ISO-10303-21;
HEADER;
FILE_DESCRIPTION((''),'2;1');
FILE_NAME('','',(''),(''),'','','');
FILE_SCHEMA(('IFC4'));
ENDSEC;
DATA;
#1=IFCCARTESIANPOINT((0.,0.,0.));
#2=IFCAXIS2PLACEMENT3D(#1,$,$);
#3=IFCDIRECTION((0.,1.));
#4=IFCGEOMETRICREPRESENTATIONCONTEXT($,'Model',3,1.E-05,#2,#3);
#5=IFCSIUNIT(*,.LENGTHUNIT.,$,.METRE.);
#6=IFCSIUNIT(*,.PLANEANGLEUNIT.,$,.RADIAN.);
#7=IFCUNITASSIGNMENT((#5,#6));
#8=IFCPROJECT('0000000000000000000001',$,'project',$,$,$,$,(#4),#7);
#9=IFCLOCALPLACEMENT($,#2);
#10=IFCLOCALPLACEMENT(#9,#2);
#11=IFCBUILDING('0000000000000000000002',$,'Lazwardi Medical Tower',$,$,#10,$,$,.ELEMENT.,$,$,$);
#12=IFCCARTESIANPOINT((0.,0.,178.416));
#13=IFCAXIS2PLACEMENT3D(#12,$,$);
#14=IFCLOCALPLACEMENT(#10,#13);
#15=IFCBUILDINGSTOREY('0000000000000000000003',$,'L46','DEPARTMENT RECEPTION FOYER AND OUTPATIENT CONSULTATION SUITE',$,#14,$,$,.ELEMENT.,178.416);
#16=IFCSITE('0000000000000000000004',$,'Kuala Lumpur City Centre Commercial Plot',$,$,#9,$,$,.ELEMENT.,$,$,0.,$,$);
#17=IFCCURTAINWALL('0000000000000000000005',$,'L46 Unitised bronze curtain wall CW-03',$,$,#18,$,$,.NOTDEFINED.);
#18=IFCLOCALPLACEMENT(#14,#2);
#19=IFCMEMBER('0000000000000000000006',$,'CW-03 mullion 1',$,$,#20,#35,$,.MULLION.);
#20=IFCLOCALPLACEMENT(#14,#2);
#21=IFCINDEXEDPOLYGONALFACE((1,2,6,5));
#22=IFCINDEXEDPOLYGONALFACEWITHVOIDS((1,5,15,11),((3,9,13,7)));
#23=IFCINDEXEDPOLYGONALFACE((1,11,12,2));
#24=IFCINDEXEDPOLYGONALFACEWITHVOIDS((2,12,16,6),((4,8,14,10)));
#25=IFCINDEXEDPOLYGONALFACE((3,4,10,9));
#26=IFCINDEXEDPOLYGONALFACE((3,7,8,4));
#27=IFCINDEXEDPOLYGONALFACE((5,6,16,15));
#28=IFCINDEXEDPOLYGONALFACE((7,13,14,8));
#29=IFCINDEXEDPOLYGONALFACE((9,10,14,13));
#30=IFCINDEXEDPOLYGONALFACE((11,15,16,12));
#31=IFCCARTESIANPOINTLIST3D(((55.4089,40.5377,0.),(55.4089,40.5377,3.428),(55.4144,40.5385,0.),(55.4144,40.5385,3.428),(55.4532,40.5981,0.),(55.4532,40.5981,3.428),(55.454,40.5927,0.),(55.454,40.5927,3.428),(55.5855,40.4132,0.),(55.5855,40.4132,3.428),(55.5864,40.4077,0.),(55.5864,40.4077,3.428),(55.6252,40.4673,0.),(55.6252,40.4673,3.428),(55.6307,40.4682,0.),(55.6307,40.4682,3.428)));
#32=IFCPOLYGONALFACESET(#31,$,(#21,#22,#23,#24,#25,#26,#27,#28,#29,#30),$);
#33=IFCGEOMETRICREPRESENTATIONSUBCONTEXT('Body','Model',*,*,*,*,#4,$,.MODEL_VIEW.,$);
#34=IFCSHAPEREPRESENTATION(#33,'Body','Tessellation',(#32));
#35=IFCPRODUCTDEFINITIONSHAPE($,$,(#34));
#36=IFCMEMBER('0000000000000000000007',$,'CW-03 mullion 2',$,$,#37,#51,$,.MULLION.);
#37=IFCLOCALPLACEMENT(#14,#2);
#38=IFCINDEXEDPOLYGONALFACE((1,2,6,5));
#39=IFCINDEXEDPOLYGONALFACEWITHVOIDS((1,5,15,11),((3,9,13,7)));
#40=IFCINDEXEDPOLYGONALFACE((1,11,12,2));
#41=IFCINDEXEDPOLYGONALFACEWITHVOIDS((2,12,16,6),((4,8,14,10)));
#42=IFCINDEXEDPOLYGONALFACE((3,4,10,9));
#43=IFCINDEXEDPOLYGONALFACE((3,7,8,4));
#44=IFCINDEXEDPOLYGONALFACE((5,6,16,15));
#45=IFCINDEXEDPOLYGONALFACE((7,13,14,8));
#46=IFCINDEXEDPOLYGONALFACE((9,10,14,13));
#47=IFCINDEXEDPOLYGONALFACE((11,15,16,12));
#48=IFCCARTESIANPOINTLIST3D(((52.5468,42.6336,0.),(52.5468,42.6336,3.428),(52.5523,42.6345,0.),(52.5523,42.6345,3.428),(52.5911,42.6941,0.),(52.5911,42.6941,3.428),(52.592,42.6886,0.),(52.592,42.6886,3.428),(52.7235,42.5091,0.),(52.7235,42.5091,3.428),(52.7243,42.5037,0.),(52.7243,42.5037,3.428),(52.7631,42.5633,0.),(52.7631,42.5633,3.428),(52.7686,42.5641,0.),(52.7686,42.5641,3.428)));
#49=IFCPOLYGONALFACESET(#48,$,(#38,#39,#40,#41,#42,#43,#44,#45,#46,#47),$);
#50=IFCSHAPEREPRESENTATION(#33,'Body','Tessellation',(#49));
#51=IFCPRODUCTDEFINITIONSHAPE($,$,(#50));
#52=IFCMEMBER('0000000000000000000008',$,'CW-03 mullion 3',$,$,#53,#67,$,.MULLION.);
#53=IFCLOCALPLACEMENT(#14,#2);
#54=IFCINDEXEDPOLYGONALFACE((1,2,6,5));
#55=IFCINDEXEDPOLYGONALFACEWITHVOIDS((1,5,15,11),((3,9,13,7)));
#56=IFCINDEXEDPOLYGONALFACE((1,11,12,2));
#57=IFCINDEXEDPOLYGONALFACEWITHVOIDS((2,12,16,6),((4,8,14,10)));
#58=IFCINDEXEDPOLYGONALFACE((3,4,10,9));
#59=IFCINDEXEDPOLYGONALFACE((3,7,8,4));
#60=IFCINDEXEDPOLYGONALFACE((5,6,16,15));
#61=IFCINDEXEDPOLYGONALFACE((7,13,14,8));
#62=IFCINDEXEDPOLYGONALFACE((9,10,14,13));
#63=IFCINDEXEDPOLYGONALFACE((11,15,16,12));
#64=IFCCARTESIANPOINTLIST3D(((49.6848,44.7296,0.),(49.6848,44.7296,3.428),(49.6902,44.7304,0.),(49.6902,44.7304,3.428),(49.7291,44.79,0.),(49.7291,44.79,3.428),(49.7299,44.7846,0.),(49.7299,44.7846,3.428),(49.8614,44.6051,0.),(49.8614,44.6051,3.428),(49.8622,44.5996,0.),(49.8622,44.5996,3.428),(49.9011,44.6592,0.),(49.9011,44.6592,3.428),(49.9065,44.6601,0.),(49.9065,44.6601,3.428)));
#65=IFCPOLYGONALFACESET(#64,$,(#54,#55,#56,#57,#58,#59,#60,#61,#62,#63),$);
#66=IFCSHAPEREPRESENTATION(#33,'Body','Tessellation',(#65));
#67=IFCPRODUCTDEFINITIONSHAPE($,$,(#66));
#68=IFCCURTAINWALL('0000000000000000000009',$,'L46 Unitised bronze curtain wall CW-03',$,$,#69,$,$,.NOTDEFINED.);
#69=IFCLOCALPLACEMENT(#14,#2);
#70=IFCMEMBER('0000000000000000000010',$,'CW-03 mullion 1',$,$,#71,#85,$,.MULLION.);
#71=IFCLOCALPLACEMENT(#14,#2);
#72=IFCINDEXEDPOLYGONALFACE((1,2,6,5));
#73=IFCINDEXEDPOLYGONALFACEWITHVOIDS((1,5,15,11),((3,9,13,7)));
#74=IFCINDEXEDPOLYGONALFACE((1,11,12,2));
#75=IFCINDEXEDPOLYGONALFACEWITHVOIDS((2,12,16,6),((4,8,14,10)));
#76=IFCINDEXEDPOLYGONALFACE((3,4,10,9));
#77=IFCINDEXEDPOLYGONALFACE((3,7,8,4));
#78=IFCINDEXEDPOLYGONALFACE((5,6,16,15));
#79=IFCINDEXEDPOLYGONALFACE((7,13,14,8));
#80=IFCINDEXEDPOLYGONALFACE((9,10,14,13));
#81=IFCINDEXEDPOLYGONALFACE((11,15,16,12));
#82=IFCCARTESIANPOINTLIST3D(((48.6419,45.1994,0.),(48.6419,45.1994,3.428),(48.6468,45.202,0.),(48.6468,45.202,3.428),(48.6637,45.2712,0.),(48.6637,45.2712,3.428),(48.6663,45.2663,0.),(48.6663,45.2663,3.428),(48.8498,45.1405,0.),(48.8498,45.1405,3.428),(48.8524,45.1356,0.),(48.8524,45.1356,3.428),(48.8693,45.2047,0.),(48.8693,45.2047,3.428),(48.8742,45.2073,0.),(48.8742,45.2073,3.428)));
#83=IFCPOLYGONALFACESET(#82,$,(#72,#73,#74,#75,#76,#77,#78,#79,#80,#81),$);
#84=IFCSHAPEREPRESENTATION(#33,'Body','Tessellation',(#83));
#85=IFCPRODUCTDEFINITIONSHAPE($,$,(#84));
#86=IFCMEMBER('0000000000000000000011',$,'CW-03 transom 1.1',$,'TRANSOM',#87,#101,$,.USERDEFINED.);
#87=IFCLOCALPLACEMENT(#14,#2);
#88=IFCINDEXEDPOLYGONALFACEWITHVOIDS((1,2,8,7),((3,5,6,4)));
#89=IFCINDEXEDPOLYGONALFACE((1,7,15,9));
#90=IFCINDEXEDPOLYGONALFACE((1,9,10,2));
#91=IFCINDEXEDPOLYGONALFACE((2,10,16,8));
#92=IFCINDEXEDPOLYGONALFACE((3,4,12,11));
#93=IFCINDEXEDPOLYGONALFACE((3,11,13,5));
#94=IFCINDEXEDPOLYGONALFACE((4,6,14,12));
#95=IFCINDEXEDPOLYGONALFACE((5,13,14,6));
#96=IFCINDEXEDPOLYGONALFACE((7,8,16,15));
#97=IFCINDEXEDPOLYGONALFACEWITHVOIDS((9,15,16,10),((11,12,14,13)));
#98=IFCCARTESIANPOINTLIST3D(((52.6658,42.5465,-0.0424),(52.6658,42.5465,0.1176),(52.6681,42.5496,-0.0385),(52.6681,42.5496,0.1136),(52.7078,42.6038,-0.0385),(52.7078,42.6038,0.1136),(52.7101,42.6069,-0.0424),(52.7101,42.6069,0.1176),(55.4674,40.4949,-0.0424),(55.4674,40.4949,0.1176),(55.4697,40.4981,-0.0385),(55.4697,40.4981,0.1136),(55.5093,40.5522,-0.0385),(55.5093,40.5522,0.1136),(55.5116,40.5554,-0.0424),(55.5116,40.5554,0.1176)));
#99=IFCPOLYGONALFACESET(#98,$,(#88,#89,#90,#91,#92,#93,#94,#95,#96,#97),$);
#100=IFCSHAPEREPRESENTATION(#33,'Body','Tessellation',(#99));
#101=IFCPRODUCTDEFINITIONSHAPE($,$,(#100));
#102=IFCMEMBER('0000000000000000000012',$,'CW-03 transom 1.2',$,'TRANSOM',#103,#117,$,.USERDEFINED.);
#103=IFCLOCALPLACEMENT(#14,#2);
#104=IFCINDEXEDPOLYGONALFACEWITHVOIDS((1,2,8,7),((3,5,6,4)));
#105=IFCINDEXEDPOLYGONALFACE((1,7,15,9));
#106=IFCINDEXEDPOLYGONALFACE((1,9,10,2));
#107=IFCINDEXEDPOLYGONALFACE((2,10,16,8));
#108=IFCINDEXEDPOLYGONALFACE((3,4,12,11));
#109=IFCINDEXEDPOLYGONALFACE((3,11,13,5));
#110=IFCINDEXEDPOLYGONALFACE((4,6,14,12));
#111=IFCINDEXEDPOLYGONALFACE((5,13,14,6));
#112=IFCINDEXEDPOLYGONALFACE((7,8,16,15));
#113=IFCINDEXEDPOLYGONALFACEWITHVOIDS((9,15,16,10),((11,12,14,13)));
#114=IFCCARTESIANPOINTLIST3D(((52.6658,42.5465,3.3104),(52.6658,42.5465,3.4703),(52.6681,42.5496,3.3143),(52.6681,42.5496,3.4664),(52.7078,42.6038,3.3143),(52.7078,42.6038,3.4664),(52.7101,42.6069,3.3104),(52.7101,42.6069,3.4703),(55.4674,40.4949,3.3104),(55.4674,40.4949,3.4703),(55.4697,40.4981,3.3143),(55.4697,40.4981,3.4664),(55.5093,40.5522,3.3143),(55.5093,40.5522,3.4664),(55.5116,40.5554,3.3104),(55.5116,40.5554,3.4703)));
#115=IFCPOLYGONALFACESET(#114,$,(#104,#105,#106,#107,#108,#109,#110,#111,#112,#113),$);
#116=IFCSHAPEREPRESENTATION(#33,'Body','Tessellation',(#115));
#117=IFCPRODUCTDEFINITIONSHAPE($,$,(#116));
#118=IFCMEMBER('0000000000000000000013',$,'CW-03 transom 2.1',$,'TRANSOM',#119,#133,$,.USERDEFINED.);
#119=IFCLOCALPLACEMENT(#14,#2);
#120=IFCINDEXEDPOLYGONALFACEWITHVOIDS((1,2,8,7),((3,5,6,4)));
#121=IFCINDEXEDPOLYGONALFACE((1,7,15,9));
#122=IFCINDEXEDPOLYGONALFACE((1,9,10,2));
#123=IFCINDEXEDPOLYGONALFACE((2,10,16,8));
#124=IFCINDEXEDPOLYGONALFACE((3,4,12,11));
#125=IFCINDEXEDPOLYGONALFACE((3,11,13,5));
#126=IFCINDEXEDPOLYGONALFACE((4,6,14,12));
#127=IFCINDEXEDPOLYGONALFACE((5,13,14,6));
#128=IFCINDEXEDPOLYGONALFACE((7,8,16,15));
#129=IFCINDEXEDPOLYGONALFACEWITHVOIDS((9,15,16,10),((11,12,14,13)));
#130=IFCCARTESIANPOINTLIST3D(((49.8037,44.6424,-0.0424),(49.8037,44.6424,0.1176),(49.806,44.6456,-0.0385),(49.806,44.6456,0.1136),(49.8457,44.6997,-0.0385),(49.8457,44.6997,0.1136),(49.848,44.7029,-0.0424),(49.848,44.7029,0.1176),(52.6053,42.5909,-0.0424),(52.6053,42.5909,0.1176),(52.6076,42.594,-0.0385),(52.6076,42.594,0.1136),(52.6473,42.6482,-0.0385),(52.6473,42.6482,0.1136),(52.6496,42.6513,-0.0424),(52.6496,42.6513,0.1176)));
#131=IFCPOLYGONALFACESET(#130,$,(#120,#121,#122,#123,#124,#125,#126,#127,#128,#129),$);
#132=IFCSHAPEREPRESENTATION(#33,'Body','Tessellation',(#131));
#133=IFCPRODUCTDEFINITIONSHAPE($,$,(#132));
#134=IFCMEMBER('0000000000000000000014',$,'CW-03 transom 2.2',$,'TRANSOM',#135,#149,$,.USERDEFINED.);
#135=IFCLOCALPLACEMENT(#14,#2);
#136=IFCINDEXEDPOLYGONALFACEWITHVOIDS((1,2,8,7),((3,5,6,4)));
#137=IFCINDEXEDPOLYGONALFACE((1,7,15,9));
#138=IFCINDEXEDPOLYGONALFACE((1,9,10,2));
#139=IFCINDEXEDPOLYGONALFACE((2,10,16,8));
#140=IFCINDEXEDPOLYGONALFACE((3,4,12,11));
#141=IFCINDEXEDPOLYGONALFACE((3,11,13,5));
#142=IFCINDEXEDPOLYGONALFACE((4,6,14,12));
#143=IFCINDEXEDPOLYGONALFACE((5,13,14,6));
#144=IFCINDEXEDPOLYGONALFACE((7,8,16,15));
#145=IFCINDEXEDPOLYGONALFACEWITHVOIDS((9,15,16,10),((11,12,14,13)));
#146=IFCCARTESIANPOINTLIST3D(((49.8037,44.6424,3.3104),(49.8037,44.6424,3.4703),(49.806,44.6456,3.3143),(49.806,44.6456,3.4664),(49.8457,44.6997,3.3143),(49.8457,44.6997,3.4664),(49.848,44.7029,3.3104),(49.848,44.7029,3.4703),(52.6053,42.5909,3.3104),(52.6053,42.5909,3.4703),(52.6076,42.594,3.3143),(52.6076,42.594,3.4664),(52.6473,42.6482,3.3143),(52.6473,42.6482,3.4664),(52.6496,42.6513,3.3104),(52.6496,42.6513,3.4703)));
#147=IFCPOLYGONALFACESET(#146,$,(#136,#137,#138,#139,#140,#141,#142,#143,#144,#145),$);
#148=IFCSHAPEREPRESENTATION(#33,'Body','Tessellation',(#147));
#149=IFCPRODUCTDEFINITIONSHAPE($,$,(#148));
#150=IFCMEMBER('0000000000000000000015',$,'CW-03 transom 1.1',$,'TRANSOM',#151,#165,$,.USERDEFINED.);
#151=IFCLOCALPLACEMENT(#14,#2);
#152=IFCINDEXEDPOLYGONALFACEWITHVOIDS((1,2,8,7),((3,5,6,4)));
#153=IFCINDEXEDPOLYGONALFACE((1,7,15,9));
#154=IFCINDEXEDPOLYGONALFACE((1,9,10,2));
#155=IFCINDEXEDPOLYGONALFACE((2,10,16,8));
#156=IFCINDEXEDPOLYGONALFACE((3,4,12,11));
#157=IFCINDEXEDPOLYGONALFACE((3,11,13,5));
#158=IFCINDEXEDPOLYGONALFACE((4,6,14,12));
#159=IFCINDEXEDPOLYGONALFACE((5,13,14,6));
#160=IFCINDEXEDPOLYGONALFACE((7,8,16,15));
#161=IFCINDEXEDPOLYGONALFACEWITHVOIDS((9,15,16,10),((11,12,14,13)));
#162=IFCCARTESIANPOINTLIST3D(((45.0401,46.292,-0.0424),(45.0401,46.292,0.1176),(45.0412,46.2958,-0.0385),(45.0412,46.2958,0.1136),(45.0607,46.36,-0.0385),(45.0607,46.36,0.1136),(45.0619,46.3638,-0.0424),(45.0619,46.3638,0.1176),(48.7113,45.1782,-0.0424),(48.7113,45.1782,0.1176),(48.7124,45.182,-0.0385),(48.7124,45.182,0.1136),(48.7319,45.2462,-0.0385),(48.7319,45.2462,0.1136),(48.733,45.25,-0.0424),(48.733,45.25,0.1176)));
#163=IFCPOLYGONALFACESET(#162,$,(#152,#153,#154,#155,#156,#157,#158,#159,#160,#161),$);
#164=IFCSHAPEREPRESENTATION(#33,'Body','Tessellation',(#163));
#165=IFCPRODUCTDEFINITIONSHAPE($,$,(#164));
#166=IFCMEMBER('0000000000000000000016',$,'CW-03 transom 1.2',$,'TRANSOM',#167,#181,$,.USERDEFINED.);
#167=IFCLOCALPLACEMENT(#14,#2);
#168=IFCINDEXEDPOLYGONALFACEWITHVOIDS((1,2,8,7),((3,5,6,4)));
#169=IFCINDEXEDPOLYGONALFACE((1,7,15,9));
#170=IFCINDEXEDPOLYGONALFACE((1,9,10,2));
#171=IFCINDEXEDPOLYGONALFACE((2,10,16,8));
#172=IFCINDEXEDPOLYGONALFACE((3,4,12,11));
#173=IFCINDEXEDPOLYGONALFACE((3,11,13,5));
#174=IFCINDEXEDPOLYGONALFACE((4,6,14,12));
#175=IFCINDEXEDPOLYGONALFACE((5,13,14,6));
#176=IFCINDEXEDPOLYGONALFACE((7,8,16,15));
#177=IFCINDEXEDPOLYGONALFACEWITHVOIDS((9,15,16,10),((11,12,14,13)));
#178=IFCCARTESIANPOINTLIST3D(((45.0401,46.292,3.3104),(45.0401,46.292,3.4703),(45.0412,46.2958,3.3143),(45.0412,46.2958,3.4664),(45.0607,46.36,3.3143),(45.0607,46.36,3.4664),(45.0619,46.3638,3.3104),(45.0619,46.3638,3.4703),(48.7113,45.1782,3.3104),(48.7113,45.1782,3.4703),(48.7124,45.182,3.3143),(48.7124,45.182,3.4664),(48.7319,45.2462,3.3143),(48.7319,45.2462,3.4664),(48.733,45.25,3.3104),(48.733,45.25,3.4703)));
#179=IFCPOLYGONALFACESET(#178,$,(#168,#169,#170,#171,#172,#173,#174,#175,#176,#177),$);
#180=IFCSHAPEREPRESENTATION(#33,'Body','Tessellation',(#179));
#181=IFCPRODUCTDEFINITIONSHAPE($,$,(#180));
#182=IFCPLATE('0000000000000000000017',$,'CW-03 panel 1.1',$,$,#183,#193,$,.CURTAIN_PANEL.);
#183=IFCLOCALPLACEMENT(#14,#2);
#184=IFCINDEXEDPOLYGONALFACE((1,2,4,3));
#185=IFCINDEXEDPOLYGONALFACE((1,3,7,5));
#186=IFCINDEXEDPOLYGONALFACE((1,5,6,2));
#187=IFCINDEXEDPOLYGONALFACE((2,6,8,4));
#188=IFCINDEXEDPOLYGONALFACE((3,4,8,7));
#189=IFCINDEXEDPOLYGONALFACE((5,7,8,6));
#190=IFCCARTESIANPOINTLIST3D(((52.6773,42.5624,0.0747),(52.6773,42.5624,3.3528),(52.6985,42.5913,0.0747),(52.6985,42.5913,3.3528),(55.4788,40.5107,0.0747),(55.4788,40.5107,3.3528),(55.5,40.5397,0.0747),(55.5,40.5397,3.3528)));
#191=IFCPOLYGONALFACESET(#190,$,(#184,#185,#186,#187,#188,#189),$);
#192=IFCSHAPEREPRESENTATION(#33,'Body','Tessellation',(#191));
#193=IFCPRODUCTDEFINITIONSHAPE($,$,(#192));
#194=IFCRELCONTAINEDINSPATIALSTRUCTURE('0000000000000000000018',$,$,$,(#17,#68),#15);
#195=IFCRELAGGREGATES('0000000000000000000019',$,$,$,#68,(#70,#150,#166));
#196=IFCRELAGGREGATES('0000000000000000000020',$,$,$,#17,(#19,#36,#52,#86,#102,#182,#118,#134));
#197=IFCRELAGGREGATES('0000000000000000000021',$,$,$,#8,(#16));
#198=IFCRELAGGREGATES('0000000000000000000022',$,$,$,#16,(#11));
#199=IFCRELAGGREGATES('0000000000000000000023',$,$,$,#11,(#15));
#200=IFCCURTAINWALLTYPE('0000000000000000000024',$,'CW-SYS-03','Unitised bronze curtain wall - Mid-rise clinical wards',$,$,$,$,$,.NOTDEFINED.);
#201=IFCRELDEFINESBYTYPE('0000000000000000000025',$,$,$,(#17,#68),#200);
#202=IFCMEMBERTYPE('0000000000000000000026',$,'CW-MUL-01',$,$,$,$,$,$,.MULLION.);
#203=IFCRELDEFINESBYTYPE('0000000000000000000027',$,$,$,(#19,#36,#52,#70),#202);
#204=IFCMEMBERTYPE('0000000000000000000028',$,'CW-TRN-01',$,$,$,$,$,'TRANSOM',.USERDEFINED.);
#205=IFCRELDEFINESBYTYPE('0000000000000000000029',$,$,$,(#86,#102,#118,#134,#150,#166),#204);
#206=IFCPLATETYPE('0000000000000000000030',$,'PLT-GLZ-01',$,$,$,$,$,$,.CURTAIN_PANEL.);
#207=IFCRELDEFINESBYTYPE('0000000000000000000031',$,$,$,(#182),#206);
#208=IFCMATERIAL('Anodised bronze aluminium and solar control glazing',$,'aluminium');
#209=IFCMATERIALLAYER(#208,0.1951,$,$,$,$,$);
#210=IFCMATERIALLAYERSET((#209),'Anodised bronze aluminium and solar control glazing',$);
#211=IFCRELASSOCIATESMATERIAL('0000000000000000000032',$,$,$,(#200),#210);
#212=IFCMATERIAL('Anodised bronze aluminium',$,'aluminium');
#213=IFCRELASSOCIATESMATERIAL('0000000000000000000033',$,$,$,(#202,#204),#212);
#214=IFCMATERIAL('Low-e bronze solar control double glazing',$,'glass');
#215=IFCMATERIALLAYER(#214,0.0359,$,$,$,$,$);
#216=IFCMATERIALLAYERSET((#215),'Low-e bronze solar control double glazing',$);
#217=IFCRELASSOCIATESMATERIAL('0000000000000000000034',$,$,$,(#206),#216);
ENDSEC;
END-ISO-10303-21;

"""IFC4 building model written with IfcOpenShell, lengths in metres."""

from ifc_helpers import new_model, si_unit, direction, frame, origin, origin_2d, place, context, subcontext, project, spatial, rectangle, hollow_rectangle, extrude, material, layer, layer_set, material_profile, profile_set, type_object, element, aggregate, save


model = new_model("IFC4")

# Units and contexts
model_context = context("Model", 3, precision=1e-05, world=origin(), true_north=direction((0.0, 1.0)))
body_context = subcontext(model_context, "Body", "Model", "MODEL_VIEW")
ifc_project = project(units=[si_unit("LENGTHUNIT", "METRE"), si_unit("PLANEANGLEUNIT", "RADIAN")], contexts=[model_context])

# Site, building, storey
site_placement = place(None, origin())
site = spatial("IfcSite", under=ifc_project, at=site_placement, Name="Kuala Lumpur City Centre Commercial Plot", CompositionType="ELEMENT", RefElevation=0.0)
building_placement = place(site_placement, origin())
building = spatial("IfcBuilding", under=site, at=building_placement, Name="Lazwardi Medical Tower", CompositionType="ELEMENT")
storey_placement = place(building_placement, frame((0.0, 0.0, 178.416)))
storey = spatial("IfcBuildingStorey", under=building, at=storey_placement, Name="L46", Description="DEPARTMENT RECEPTION FOYER AND OUTPATIENT CONSULTATION SUITE", CompositionType="ELEMENT", Elevation=178.416)

# Shared definitions
ifc_material_1 = material(Name="Anodised bronze aluminium and solar control glazing", Category="aluminium")
ifc_layer_1 = layer(ifc_material_1, 0.1951)
ifc_layer_set_1 = layer_set([ifc_layer_1], Name="Anodised bronze aluminium and solar control glazing")
curtain_wall_type = type_object("IfcCurtainWallType", Name="CW-SYS-03", Description="Unitised bronze curtain wall - Mid-rise clinical wards", PredefinedType="NOTDEFINED", material=ifc_layer_set_1)
ifc_material_2 = material(Name="Anodised bronze aluminium", Category="aluminium")
ifc_material_profile_1 = material_profile(ifc_material_2, hollow_rectangle(XDim=0.075, YDim=0.22, WallThickness=0.0039, at=origin_2d()), Name="ALU-MULLION 220x75x4")
ifc_profile_set_1 = profile_set([ifc_material_profile_1], Name="Anodised bronze aluminium")
member_type_1 = type_object("IfcMemberType", Name="CW-MUL-01", PredefinedType="MULLION", material=ifc_profile_set_1)

# Curtain wall, members
curtain_wall_1_placement = place(storey_placement, origin())
curtain_wall_1 = element("IfcCurtainWall", 1, at=curtain_wall_1_placement, inside=storey, type_object=curtain_wall_type, Name="L46 Unitised bronze curtain wall CW-03", PredefinedType="NOTDEFINED")
member_1_placement = place(storey_placement, frame((55.5198, 40.5029, 0.0), z_axis=(0.0, 0.0, 1.0), x_axis=(-0.590834, -0.806793, 0.0)))
member_1 = element("IfcMember", 2, at=member_1_placement, type_object=member_type_1, Name="CW-03 mullion 1", PredefinedType="MULLION", context=body_context, shape_type="SweptSolid", body=[
    extrude(hollow_rectangle(XDim=0.075, YDim=0.22, WallThickness=0.0039, at=origin_2d()), origin(), (0.0, 0.0, 1.0), 3.428),
])
member_2_placement = place(storey_placement, frame((52.6577, 42.5989, 0.0), z_axis=(0.0, 0.0, 1.0), x_axis=(-0.590834, -0.806793, 0.0)))
member_2 = element("IfcMember", 3, at=member_2_placement, type_object=member_type_1, Name="CW-03 mullion 2", PredefinedType="MULLION", context=body_context, shape_type="SweptSolid", body=[
    extrude(hollow_rectangle(XDim=0.075, YDim=0.22, WallThickness=0.0039, at=origin_2d()), origin(), (0.0, 0.0, 1.0), 3.428),
])
member_3_placement = place(storey_placement, frame((49.7957, 44.6948, 0.0), z_axis=(0.0, 0.0, 1.0), x_axis=(-0.590834, -0.806793, 0.0)))
member_3 = element("IfcMember", 4, at=member_3_placement, type_object=member_type_1, Name="CW-03 mullion 3", PredefinedType="MULLION", context=body_context, shape_type="SweptSolid", body=[
    extrude(hollow_rectangle(XDim=0.075, YDim=0.22, WallThickness=0.0039, at=origin_2d()), origin(), (0.0, 0.0, 1.0), 3.428),
])

# Curtain wall, member
curtain_wall_2_placement = place(storey_placement, origin())
curtain_wall_2 = element("IfcCurtainWall", 5, at=curtain_wall_2_placement, inside=storey, type_object=curtain_wall_type, Name="L46 Unitised bronze curtain wall CW-03", PredefinedType="NOTDEFINED")
member_4_placement = place(storey_placement, frame((48.7581, 45.2034, 0.0), z_axis=(0.0, 0.0, 1.0), x_axis=(-0.290281, -0.956942, 0.0)))
member_4 = element("IfcMember", 6, at=member_4_placement, type_object=member_type_1, Name="CW-03 mullion 1", PredefinedType="MULLION", context=body_context, shape_type="SweptSolid", body=[
    extrude(hollow_rectangle(XDim=0.075, YDim=0.22, WallThickness=0.0039, at=origin_2d()), origin(), (0.0, 0.0, 1.0), 3.428),
])

# Members
ifc_material_profile_2 = material_profile(ifc_material_2, hollow_rectangle(XDim=0.075, YDim=0.1599, WallThickness=0.0039, at=origin_2d()), Name="ALU-TRANSOM 160x75x4")
ifc_profile_set_2 = profile_set([ifc_material_profile_2], Name="Anodised bronze aluminium")
member_type_2 = type_object("IfcMemberType", Name="CW-TRN-01", ElementType="TRANSOM", PredefinedType="USERDEFINED", material=ifc_profile_set_2)
member_5_placement = place(storey_placement, frame((55.4895, 40.5251, 0.0376), z_axis=(-0.806807, 0.590815, 0.0), x_axis=(-0.590815, -0.806807, 0.0)))
member_5 = element("IfcMember", 7, at=member_5_placement, type_object=member_type_2, Name="CW-03 transom 1.1", ObjectType="TRANSOM", PredefinedType="USERDEFINED", context=body_context, shape_type="SweptSolid", body=[
    extrude(hollow_rectangle(XDim=0.075, YDim=0.1599, WallThickness=0.0039, at=origin_2d()), origin(), (0.0, 0.0, 1.0), 3.4724),
])
member_6_placement = place(storey_placement, frame((55.4895, 40.5251, 3.3904), z_axis=(-0.806807, 0.590815, 0.0), x_axis=(-0.590815, -0.806807, 0.0)))
member_6 = element("IfcMember", 8, at=member_6_placement, type_object=member_type_2, Name="CW-03 transom 1.2", ObjectType="TRANSOM", PredefinedType="USERDEFINED", context=body_context, shape_type="SweptSolid", body=[
    extrude(hollow_rectangle(XDim=0.075, YDim=0.1599, WallThickness=0.0039, at=origin_2d()), origin(), (0.0, 0.0, 1.0), 3.4724),
])
member_7_placement = place(storey_placement, frame((52.6274, 42.6211, 0.0376), z_axis=(-0.806807, 0.590815, 0.0), x_axis=(-0.590815, -0.806807, 0.0)))
member_7 = element("IfcMember", 9, at=member_7_placement, type_object=member_type_2, Name="CW-03 transom 2.1", ObjectType="TRANSOM", PredefinedType="USERDEFINED", context=body_context, shape_type="SweptSolid", body=[
    extrude(hollow_rectangle(XDim=0.075, YDim=0.1599, WallThickness=0.0039, at=origin_2d()), origin(), (0.0, 0.0, 1.0), 3.4724),
])
member_8_placement = place(storey_placement, frame((52.6274, 42.6211, 3.3904), z_axis=(-0.806807, 0.590815, 0.0), x_axis=(-0.590815, -0.806807, 0.0)))
member_8 = element("IfcMember", 10, at=member_8_placement, type_object=member_type_2, Name="CW-03 transom 2.2", ObjectType="TRANSOM", PredefinedType="USERDEFINED", context=body_context, shape_type="SweptSolid", body=[
    extrude(hollow_rectangle(XDim=0.075, YDim=0.1599, WallThickness=0.0039, at=origin_2d()), origin(), (0.0, 0.0, 1.0), 3.4724),
])
member_9_placement = place(storey_placement, frame((48.7222, 45.2141, 0.0376), z_axis=(-0.95693, 0.290318, 0.0), x_axis=(-0.290318, -0.95693, 0.0)))
member_9 = element("IfcMember", 11, at=member_9_placement, type_object=member_type_2, Name="CW-03 transom 1.1", ObjectType="TRANSOM", PredefinedType="USERDEFINED", context=body_context, shape_type="SweptSolid", body=[
    extrude(hollow_rectangle(XDim=0.075, YDim=0.1599, WallThickness=0.0039, at=origin_2d()), origin(), (0.0, 0.0, 1.0), 3.8364),
])
member_10_placement = place(storey_placement, frame((48.7222, 45.2141, 3.3904), z_axis=(-0.95693, 0.290318, 0.0), x_axis=(-0.290318, -0.95693, 0.0)))
member_10 = element("IfcMember", 12, at=member_10_placement, type_object=member_type_2, Name="CW-03 transom 1.2", ObjectType="TRANSOM", PredefinedType="USERDEFINED", context=body_context, shape_type="SweptSolid", body=[
    extrude(hollow_rectangle(XDim=0.075, YDim=0.1599, WallThickness=0.0039, at=origin_2d()), origin(), (0.0, 0.0, 1.0), 3.8364),
])
aggregate(curtain_wall_2, [member_4, member_9, member_10])

# Plate
ifc_material_3 = material(Name="Low-e bronze solar control double glazing", Category="glass")
ifc_layer_2 = layer(ifc_material_3, 0.0359)
ifc_layer_set_2 = layer_set([ifc_layer_2], Name="Low-e bronze solar control double glazing")
plate_type = type_object("IfcPlateType", Name="PLT-GLZ-01", PredefinedType="CURTAIN_PANEL", material=ifc_layer_set_2)
plate_1_placement = place(storey_placement, frame((54.0886, 41.551, 0.0747), z_axis=(0.0, 0.0, 1.0), x_axis=(-0.806793, 0.590834, 0.0)))
plate_1 = element("IfcPlate", 13, at=plate_1_placement, type_object=plate_type, Name="CW-03 panel 1.1", PredefinedType="CURTAIN_PANEL", context=body_context, shape_type="SweptSolid", body=[
    extrude(rectangle(XDim=3.4724, YDim=0.0359, at=origin_2d()), origin(), (0.0, 0.0, 1.0), 3.2781),
])
aggregate(curtain_wall_1, [member_1, member_2, member_3, member_5, member_6, plate_1, member_7, member_8])

save(model, "model.ifc")
